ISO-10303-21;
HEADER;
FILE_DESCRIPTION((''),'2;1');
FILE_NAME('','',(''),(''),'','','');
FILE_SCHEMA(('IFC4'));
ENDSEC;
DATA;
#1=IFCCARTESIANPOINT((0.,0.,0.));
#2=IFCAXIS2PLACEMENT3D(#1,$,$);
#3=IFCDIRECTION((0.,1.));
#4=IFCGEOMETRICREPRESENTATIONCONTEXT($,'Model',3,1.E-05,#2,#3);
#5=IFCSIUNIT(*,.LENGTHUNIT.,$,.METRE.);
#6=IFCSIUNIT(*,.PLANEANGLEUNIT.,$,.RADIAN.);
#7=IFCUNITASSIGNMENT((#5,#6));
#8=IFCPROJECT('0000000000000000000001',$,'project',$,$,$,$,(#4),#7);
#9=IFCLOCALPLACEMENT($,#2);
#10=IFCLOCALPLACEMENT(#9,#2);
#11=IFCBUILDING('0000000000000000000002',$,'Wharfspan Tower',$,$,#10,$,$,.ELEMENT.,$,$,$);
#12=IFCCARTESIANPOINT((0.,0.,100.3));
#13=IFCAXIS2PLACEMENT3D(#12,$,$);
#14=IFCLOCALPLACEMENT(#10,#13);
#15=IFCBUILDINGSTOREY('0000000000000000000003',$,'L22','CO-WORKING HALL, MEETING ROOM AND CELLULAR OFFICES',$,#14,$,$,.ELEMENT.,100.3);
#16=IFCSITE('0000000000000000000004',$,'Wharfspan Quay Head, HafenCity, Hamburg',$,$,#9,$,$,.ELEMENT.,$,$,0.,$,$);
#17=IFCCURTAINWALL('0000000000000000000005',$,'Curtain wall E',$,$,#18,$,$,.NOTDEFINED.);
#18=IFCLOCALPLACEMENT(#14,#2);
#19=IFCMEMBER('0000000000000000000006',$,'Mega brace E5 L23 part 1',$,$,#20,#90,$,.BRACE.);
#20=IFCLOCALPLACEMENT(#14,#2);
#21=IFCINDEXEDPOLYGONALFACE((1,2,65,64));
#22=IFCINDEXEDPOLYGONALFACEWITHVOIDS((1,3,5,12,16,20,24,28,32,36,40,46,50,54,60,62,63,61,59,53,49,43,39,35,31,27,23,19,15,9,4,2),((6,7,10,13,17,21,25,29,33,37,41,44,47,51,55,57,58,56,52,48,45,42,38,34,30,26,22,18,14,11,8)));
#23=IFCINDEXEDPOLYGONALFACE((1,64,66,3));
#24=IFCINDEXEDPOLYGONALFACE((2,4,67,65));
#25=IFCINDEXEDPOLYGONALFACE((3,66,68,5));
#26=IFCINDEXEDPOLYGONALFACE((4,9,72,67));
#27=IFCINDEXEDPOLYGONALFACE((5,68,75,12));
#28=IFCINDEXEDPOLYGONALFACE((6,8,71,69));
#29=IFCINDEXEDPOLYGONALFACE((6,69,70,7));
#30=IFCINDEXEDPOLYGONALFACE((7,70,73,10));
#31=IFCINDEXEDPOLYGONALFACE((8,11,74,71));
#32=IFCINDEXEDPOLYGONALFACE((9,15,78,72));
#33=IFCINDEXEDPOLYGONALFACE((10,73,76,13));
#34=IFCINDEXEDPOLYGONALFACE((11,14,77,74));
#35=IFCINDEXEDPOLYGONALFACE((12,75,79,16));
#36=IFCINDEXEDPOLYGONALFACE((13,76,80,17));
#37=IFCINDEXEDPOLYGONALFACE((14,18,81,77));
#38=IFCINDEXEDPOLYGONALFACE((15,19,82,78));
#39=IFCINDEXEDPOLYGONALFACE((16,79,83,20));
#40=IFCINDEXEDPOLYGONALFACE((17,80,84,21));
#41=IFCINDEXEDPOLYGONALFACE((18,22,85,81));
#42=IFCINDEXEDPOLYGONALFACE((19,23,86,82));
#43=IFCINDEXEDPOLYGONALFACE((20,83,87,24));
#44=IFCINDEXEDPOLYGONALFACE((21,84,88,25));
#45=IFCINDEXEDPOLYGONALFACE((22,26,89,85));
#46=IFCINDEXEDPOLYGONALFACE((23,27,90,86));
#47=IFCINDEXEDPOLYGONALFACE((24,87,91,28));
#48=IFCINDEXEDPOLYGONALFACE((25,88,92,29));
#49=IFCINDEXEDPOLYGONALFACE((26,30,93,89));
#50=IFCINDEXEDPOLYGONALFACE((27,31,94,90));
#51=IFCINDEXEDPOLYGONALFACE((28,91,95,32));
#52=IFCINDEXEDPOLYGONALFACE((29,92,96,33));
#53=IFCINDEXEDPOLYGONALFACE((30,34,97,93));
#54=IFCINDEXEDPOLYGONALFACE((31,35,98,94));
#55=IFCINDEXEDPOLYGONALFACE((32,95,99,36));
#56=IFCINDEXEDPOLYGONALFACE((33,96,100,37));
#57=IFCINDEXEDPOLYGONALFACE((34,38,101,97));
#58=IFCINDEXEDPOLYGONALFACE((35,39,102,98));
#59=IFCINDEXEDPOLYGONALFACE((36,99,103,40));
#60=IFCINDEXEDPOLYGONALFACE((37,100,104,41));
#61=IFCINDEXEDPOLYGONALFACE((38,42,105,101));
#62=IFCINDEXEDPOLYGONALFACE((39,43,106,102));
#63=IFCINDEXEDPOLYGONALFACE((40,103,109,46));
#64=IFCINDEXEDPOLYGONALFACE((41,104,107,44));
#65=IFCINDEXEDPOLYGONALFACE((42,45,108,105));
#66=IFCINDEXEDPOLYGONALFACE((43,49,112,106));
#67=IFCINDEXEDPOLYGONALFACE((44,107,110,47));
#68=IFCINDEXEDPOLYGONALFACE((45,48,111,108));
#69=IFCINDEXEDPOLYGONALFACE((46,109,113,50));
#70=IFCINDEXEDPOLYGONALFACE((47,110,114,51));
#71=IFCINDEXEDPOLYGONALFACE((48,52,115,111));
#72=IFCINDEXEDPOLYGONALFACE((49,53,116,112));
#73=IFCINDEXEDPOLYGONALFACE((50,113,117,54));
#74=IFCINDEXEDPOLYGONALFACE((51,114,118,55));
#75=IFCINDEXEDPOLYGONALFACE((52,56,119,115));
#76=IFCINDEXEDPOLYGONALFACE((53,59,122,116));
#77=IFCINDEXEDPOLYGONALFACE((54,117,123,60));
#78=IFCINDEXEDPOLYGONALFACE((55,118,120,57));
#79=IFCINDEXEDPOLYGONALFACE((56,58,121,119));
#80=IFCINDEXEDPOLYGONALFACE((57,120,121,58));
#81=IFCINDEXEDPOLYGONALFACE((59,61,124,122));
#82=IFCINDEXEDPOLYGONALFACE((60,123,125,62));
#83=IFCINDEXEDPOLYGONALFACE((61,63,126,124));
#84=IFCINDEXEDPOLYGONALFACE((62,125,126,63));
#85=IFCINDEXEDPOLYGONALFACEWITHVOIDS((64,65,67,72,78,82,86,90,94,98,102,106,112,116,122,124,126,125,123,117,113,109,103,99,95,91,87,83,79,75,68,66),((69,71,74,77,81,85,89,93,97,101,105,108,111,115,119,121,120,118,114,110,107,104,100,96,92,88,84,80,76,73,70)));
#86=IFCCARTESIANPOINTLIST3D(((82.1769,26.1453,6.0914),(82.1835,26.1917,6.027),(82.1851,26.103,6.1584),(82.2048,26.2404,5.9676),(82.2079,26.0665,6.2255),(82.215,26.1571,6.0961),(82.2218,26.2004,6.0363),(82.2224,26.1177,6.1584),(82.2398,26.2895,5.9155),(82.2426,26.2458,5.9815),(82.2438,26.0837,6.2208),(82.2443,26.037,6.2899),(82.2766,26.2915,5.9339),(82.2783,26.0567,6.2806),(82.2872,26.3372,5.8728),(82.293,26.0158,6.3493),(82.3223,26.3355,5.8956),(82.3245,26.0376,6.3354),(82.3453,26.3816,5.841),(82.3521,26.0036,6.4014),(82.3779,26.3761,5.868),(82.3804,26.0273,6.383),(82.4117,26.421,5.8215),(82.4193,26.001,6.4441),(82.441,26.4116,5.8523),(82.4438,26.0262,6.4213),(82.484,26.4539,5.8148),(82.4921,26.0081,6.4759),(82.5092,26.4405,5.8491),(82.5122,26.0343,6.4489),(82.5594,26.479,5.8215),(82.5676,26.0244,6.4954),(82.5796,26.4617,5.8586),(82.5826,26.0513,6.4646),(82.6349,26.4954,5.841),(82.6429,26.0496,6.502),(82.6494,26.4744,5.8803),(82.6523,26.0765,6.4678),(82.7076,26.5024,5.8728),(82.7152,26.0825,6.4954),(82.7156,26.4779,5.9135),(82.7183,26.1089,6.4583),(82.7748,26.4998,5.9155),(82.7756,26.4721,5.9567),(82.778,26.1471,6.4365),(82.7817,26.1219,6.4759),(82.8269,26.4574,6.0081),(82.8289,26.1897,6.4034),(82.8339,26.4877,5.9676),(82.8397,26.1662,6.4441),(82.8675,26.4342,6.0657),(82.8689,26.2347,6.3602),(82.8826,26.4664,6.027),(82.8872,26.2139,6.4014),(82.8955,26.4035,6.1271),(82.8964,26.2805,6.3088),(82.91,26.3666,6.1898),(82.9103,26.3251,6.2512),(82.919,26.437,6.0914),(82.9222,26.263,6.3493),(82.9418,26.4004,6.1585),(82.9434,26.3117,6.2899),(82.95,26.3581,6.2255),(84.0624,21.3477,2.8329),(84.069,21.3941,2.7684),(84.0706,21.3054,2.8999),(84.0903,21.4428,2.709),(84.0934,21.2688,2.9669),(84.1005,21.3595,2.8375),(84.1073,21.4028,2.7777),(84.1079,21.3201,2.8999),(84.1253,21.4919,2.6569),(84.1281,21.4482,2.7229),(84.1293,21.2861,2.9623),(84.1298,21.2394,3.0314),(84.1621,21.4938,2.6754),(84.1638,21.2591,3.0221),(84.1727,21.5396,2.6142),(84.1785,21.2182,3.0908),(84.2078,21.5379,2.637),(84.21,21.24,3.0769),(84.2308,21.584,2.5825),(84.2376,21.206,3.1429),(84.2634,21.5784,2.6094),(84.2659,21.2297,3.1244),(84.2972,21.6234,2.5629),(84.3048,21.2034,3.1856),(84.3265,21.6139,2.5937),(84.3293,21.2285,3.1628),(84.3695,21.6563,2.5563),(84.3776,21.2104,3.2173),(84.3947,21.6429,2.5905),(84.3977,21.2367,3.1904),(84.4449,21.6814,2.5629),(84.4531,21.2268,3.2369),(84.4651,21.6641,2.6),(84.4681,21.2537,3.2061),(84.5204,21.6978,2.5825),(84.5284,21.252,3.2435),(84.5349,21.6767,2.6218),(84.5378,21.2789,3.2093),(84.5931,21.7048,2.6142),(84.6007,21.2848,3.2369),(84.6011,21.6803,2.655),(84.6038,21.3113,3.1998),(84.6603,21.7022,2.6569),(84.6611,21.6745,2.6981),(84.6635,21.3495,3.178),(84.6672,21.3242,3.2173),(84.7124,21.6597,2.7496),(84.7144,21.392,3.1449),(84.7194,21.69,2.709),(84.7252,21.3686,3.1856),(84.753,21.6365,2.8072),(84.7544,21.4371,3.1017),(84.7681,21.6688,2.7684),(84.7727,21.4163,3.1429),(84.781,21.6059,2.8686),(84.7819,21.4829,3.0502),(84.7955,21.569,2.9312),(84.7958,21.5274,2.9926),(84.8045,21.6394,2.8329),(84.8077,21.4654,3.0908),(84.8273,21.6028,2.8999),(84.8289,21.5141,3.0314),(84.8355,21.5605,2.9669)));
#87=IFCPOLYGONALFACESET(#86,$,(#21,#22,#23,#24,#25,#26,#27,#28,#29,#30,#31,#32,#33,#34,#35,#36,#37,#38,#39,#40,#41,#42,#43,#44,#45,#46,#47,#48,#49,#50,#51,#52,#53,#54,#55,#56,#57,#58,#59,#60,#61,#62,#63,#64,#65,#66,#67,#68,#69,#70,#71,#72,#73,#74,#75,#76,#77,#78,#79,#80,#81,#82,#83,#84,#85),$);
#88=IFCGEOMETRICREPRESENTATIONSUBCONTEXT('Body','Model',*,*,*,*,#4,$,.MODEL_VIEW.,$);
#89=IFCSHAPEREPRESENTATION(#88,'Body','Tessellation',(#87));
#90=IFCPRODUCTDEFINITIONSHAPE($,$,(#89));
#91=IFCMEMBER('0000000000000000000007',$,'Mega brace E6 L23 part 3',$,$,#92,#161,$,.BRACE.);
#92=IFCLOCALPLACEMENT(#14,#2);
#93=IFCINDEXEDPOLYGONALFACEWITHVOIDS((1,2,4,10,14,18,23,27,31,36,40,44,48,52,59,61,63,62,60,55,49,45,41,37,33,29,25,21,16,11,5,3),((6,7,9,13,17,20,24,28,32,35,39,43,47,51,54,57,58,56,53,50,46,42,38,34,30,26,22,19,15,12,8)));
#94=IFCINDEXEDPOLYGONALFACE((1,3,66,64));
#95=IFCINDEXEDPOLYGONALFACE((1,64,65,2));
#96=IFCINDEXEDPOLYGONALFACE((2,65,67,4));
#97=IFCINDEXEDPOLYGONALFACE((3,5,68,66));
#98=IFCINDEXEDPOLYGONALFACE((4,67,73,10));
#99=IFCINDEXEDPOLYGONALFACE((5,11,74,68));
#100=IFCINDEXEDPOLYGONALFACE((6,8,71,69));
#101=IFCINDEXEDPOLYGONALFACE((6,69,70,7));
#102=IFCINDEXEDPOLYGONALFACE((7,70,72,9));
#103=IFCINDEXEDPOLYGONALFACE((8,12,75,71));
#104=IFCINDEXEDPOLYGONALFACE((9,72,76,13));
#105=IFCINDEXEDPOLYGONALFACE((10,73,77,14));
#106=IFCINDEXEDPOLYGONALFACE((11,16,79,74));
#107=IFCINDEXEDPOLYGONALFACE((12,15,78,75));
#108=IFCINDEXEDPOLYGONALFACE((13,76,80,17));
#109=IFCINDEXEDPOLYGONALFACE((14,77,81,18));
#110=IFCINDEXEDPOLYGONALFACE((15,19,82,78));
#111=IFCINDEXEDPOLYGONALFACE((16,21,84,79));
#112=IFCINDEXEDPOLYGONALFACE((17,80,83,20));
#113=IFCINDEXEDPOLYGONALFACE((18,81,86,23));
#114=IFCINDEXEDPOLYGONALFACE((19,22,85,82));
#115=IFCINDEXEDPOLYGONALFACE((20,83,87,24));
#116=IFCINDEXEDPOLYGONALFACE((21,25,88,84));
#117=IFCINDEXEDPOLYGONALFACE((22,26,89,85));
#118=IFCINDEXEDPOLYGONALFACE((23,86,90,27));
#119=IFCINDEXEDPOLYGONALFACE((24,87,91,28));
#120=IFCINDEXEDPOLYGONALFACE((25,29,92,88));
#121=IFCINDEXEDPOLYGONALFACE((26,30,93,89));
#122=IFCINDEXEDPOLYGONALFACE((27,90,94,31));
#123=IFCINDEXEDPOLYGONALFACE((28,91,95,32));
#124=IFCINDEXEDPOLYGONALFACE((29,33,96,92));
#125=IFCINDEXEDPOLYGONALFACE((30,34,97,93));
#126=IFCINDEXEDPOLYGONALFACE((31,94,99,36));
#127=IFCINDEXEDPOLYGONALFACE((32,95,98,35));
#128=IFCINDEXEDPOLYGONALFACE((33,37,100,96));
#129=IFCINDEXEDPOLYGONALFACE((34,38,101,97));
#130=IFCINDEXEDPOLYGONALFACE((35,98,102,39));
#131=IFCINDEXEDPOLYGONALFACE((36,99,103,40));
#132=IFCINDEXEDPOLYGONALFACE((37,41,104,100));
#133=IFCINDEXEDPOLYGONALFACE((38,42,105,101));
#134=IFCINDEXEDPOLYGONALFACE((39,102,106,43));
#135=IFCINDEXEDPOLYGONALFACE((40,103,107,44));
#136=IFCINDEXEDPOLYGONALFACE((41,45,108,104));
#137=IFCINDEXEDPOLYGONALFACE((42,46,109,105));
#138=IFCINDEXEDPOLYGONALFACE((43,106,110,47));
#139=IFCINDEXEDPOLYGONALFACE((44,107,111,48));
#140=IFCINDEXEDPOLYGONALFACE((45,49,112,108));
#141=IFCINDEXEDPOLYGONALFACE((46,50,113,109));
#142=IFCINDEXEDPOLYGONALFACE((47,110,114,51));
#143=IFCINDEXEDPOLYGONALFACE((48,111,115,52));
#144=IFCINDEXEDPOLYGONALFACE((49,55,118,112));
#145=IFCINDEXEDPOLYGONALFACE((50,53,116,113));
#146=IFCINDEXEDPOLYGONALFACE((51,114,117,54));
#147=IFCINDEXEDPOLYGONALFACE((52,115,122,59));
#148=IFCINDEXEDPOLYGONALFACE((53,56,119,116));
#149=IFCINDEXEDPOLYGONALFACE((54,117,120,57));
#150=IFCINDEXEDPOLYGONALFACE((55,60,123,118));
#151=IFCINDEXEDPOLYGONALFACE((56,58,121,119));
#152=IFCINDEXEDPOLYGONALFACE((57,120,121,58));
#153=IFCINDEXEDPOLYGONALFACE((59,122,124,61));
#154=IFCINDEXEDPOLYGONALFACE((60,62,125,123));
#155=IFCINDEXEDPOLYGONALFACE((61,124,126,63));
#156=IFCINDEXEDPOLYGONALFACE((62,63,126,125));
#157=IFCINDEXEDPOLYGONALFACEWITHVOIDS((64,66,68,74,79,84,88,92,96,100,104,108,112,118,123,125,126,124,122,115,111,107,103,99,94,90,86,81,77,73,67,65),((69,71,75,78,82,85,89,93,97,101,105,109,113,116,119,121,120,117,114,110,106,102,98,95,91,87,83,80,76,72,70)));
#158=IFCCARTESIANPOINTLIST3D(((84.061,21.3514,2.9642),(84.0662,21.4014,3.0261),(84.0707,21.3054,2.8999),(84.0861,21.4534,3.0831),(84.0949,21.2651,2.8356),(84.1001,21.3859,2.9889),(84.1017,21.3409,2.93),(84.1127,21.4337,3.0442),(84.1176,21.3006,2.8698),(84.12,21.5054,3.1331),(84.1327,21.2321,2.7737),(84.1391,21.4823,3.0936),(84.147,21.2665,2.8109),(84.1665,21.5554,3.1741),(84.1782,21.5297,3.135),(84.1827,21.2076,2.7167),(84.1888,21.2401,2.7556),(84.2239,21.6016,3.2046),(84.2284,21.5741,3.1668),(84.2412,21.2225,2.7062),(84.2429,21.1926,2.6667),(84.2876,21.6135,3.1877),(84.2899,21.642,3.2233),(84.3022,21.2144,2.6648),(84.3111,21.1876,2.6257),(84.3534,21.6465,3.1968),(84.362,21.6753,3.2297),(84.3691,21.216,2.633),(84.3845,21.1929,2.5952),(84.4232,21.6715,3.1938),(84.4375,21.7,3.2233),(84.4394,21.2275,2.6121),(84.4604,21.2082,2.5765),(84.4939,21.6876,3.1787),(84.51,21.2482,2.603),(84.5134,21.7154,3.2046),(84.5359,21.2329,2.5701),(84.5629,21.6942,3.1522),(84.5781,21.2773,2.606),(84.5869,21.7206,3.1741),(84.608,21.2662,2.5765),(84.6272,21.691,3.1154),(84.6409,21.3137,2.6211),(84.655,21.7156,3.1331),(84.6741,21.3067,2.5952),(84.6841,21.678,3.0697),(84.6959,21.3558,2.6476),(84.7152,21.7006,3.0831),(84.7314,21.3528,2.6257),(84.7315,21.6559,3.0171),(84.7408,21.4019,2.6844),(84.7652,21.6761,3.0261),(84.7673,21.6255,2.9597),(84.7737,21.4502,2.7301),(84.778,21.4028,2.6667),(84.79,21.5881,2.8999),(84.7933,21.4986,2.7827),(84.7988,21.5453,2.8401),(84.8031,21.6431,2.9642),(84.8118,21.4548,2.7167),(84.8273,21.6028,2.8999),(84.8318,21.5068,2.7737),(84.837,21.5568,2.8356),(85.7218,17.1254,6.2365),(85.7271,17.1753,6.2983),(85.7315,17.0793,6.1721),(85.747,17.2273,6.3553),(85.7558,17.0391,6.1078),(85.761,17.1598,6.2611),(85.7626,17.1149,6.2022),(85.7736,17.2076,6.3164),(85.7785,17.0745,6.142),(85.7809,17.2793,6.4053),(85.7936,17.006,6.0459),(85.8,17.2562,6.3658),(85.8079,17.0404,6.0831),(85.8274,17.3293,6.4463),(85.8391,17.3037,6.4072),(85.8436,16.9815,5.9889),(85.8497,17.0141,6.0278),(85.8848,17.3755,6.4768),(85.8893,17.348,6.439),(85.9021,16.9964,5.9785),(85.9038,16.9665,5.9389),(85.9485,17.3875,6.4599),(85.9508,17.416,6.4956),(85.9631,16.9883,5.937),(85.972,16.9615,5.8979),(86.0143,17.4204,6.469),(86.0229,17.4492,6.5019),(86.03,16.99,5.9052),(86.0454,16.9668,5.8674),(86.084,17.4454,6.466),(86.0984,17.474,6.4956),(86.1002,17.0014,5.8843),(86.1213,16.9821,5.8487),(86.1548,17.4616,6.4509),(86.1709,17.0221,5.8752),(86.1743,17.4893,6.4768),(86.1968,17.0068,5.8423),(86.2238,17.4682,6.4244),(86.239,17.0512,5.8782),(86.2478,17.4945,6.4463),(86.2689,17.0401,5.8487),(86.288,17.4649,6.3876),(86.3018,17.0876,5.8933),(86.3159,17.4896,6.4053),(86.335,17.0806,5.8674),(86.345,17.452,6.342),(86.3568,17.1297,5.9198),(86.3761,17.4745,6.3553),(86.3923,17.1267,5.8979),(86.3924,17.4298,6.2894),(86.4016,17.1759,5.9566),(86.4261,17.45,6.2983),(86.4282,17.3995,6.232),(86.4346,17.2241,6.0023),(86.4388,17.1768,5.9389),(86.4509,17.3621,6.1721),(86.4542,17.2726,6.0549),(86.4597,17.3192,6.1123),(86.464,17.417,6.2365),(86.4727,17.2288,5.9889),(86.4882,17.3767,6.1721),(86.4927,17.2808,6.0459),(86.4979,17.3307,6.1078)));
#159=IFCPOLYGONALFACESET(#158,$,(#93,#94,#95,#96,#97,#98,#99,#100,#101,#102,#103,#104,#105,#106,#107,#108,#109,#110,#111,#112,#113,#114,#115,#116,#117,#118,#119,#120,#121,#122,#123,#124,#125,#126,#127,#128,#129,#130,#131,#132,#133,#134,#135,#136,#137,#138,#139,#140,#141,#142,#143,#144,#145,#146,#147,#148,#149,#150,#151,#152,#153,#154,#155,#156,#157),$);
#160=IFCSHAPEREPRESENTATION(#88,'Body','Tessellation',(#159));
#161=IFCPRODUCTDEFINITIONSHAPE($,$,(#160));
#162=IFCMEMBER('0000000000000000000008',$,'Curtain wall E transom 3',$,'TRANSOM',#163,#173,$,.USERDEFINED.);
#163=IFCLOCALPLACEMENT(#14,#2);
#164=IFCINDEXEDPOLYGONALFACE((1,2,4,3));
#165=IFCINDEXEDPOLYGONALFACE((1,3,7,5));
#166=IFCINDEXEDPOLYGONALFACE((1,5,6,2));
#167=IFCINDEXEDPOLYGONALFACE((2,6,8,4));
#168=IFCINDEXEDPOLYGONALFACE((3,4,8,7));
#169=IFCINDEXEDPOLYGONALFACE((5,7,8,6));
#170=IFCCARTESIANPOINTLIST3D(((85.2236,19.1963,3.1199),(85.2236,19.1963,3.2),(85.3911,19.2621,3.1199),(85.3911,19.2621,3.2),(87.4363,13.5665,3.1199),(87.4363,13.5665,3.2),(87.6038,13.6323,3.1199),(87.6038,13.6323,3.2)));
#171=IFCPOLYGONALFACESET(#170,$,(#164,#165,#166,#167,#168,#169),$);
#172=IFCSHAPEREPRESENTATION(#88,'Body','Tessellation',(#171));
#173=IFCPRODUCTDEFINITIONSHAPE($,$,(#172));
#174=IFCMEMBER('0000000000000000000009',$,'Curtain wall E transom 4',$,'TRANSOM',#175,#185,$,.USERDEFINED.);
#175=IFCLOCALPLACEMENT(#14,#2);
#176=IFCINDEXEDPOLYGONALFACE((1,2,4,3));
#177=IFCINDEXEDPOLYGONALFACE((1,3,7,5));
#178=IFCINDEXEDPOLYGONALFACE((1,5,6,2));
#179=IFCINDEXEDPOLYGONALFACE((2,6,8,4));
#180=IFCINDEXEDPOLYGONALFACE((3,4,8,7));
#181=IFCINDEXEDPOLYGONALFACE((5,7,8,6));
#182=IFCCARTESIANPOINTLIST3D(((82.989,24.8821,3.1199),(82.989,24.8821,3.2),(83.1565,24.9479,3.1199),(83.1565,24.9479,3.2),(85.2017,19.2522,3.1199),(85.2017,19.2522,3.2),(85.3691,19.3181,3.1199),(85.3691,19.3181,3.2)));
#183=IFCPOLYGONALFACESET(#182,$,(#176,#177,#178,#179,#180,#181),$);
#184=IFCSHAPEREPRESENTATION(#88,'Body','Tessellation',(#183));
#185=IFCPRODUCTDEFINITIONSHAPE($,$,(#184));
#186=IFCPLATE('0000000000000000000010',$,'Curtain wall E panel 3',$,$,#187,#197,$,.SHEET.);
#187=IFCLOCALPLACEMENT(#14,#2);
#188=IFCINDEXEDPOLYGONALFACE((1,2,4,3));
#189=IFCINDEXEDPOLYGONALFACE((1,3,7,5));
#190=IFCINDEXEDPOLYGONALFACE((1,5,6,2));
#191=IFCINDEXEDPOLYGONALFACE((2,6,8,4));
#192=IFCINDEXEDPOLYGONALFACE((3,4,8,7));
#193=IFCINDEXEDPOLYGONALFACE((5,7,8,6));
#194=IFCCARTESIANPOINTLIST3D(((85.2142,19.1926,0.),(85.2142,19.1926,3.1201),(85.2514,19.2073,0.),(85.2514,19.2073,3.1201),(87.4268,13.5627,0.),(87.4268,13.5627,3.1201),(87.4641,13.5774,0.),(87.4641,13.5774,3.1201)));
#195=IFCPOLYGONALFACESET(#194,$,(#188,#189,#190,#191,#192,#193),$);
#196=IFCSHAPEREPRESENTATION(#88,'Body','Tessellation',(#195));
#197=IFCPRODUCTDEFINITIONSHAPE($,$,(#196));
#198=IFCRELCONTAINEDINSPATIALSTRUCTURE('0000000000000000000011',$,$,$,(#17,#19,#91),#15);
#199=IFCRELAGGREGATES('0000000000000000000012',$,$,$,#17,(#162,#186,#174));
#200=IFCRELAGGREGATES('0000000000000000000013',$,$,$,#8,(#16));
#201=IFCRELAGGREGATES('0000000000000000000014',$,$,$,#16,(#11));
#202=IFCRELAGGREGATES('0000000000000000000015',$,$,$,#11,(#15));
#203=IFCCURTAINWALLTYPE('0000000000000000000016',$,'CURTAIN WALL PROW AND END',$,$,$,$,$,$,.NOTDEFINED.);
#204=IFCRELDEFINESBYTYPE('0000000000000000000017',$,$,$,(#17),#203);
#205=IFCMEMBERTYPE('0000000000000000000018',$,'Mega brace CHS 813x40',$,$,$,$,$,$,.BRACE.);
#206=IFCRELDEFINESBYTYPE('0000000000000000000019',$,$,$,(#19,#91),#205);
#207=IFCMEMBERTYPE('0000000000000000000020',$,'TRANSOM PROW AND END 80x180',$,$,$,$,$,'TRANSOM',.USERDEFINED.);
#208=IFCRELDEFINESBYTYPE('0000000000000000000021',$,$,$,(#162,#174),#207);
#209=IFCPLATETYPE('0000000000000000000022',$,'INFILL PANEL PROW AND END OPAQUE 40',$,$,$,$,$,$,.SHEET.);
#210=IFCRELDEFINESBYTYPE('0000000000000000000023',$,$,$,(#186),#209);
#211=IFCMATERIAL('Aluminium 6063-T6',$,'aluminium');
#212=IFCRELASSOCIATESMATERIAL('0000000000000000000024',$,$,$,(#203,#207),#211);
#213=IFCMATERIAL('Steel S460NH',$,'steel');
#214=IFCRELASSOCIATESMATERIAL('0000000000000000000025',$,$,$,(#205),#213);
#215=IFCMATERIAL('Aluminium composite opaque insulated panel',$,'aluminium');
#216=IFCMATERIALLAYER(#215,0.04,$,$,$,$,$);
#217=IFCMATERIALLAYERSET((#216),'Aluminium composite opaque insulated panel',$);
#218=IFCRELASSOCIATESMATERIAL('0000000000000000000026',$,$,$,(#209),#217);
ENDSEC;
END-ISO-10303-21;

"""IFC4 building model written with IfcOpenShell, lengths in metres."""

from ifc_helpers import new_model, si_unit, direction, frame, origin, origin_2d, place, context, subcontext, project, spatial, rectangle, hollow_circle, extrude, material, layer, layer_set, material_profile, profile_set, type_object, element, aggregate, save


model = new_model("IFC4")

# Units and contexts
model_context = context("Model", 3, precision=1e-05, world=origin(), true_north=direction((0.0, 1.0)))
body_context = subcontext(model_context, "Body", "Model", "MODEL_VIEW")
ifc_project = project(units=[si_unit("LENGTHUNIT", "METRE"), si_unit("PLANEANGLEUNIT", "RADIAN")], contexts=[model_context])

# Site, building, storey
site_placement = place(None, origin())
site = spatial("IfcSite", under=ifc_project, at=site_placement, Name="Wharfspan Quay Head, HafenCity, Hamburg", CompositionType="ELEMENT", RefElevation=0.0)
building_placement = place(site_placement, origin())
building = spatial("IfcBuilding", under=site, at=building_placement, Name="Wharfspan Tower", CompositionType="ELEMENT")
storey_placement = place(building_placement, frame((0.0, 0.0, 100.3)))
storey = spatial("IfcBuildingStorey", under=building, at=storey_placement, Name="L22", Description="CO-WORKING HALL, MEETING ROOM AND CELLULAR OFFICES", CompositionType="ELEMENT", Elevation=100.3)

# Curtain wall
ifc_material_1 = material(Name="Aluminium 6063-T6", Category="aluminium")
curtain_wall_type = type_object("IfcCurtainWallType", Name="CURTAIN WALL PROW AND END", PredefinedType="NOTDEFINED", material=ifc_material_1)
curtain_wall_placement = place(storey_placement, origin())
curtain_wall = element("IfcCurtainWall", 1, at=curtain_wall_placement, inside=storey, type_object=curtain_wall_type, Name="Curtain wall E", PredefinedType="NOTDEFINED")

# Members
ifc_material_2 = material(Name="Steel S460NH", Category="steel")
ifc_material_profile_1 = material_profile(ifc_material_2, hollow_circle(Radius=0.4065, WallThickness=0.04, at=origin_2d()))
ifc_profile_set_1 = profile_set([ifc_material_profile_1], Name="Steel S460NH")
member_type_1 = type_object("IfcMemberType", Name="Mega brace CHS 813x40", PredefinedType="BRACE", material=ifc_profile_set_1)
member_1_placement = place(storey_placement, frame((84.449, 21.4541, 2.8999), z_axis=(-0.30918, 0.786702, 0.534329), x_axis=(-0.930701, -0.36577, -0.000004)))
element("IfcMember", 2, at=member_1_placement, inside=storey, type_object=member_type_1, Name="Mega brace E5 L23 part 1", PredefinedType="BRACE", context=body_context, shape_type="SweptSolid", body=[
    extrude(hollow_circle(Radius=0.4065, WallThickness=0.04, at=origin_2d()), origin(), (0.0, 0.0, 1.0), 6.0984),
])
member_2_placement = place(storey_placement, frame((84.449, 21.4541, 2.8999), z_axis=(0.29675, -0.75507, 0.584645), x_axis=(0.930704, 0.365779, 0.000004)))
element("IfcMember", 3, at=member_2_placement, inside=storey, type_object=member_type_1, Name="Mega brace E6 L23 part 3", PredefinedType="BRACE", context=body_context, shape_type="SweptSolid", body=[
    extrude(hollow_circle(Radius=0.4065, WallThickness=0.04, at=origin_2d()), origin(), (0.0, 0.0, 1.0), 5.5969),
])

# Members
ifc_material_profile_2 = material_profile(ifc_material_1, rectangle(XDim=0.1799, YDim=0.0801, at=origin_2d()))
ifc_profile_set_2 = profile_set([ifc_material_profile_2], Name="Aluminium 6063-T6")
member_type_2 = type_object("IfcMemberType", Name="TRANSOM PROW AND END 80x180", ElementType="TRANSOM", PredefinedType="USERDEFINED", material=ifc_profile_set_2)
member_3_placement = place(storey_placement, frame((87.52, 13.5994, 3.1599), z_axis=(-0.365782, 0.9307, 0.0), x_axis=(-0.9307, -0.365782, 0.0)))
member_3 = element("IfcMember", 4, at=member_3_placement, type_object=member_type_2, Name="Curtain wall E transom 3", ObjectType="TRANSOM", PredefinedType="USERDEFINED", context=body_context, shape_type="SweptSolid", body=[
    extrude(rectangle(XDim=0.1799, YDim=0.0801, at=origin_2d()), origin(), (0.0, 0.0, 1.0), 6.0491),
])
member_4_placement = place(storey_placement, frame((85.2854, 19.2852, 3.1599), z_axis=(-0.365782, 0.9307, 0.0), x_axis=(-0.9307, -0.365782, 0.0)))
member_4 = element("IfcMember", 5, at=member_4_placement, type_object=member_type_2, Name="Curtain wall E transom 4", ObjectType="TRANSOM", PredefinedType="USERDEFINED", context=body_context, shape_type="SweptSolid", body=[
    extrude(rectangle(XDim=0.1799, YDim=0.0801, at=origin_2d()), origin(), (0.0, 0.0, 1.0), 6.0491),
])

# Plate
ifc_material_3 = material(Name="Aluminium composite opaque insulated panel", Category="aluminium")
ifc_layer_1 = layer(ifc_material_3, 0.04)
ifc_layer_set_1 = layer_set([ifc_layer_1], Name="Aluminium composite opaque insulated panel")
plate_type = type_object("IfcPlateType", Name="INFILL PANEL PROW AND END OPAQUE 40", PredefinedType="SHEET", material=ifc_layer_set_1)
plate_1_placement = place(storey_placement, frame((86.3391, 16.385, 0.0), z_axis=(0.0, 0.0, 1.0), x_axis=(-0.365778, 0.930702, 0.0)))
plate_1 = element("IfcPlate", 6, at=plate_1_placement, type_object=plate_type, Name="Curtain wall E panel 3", PredefinedType="SHEET", context=body_context, shape_type="SweptSolid", body=[
    extrude(rectangle(XDim=6.0491, YDim=0.04, at=origin_2d()), origin(), (0.0, 0.0, 1.0), 3.1201),
])
aggregate(curtain_wall, [member_3, plate_1, member_4])

save(model, "model.ifc")
